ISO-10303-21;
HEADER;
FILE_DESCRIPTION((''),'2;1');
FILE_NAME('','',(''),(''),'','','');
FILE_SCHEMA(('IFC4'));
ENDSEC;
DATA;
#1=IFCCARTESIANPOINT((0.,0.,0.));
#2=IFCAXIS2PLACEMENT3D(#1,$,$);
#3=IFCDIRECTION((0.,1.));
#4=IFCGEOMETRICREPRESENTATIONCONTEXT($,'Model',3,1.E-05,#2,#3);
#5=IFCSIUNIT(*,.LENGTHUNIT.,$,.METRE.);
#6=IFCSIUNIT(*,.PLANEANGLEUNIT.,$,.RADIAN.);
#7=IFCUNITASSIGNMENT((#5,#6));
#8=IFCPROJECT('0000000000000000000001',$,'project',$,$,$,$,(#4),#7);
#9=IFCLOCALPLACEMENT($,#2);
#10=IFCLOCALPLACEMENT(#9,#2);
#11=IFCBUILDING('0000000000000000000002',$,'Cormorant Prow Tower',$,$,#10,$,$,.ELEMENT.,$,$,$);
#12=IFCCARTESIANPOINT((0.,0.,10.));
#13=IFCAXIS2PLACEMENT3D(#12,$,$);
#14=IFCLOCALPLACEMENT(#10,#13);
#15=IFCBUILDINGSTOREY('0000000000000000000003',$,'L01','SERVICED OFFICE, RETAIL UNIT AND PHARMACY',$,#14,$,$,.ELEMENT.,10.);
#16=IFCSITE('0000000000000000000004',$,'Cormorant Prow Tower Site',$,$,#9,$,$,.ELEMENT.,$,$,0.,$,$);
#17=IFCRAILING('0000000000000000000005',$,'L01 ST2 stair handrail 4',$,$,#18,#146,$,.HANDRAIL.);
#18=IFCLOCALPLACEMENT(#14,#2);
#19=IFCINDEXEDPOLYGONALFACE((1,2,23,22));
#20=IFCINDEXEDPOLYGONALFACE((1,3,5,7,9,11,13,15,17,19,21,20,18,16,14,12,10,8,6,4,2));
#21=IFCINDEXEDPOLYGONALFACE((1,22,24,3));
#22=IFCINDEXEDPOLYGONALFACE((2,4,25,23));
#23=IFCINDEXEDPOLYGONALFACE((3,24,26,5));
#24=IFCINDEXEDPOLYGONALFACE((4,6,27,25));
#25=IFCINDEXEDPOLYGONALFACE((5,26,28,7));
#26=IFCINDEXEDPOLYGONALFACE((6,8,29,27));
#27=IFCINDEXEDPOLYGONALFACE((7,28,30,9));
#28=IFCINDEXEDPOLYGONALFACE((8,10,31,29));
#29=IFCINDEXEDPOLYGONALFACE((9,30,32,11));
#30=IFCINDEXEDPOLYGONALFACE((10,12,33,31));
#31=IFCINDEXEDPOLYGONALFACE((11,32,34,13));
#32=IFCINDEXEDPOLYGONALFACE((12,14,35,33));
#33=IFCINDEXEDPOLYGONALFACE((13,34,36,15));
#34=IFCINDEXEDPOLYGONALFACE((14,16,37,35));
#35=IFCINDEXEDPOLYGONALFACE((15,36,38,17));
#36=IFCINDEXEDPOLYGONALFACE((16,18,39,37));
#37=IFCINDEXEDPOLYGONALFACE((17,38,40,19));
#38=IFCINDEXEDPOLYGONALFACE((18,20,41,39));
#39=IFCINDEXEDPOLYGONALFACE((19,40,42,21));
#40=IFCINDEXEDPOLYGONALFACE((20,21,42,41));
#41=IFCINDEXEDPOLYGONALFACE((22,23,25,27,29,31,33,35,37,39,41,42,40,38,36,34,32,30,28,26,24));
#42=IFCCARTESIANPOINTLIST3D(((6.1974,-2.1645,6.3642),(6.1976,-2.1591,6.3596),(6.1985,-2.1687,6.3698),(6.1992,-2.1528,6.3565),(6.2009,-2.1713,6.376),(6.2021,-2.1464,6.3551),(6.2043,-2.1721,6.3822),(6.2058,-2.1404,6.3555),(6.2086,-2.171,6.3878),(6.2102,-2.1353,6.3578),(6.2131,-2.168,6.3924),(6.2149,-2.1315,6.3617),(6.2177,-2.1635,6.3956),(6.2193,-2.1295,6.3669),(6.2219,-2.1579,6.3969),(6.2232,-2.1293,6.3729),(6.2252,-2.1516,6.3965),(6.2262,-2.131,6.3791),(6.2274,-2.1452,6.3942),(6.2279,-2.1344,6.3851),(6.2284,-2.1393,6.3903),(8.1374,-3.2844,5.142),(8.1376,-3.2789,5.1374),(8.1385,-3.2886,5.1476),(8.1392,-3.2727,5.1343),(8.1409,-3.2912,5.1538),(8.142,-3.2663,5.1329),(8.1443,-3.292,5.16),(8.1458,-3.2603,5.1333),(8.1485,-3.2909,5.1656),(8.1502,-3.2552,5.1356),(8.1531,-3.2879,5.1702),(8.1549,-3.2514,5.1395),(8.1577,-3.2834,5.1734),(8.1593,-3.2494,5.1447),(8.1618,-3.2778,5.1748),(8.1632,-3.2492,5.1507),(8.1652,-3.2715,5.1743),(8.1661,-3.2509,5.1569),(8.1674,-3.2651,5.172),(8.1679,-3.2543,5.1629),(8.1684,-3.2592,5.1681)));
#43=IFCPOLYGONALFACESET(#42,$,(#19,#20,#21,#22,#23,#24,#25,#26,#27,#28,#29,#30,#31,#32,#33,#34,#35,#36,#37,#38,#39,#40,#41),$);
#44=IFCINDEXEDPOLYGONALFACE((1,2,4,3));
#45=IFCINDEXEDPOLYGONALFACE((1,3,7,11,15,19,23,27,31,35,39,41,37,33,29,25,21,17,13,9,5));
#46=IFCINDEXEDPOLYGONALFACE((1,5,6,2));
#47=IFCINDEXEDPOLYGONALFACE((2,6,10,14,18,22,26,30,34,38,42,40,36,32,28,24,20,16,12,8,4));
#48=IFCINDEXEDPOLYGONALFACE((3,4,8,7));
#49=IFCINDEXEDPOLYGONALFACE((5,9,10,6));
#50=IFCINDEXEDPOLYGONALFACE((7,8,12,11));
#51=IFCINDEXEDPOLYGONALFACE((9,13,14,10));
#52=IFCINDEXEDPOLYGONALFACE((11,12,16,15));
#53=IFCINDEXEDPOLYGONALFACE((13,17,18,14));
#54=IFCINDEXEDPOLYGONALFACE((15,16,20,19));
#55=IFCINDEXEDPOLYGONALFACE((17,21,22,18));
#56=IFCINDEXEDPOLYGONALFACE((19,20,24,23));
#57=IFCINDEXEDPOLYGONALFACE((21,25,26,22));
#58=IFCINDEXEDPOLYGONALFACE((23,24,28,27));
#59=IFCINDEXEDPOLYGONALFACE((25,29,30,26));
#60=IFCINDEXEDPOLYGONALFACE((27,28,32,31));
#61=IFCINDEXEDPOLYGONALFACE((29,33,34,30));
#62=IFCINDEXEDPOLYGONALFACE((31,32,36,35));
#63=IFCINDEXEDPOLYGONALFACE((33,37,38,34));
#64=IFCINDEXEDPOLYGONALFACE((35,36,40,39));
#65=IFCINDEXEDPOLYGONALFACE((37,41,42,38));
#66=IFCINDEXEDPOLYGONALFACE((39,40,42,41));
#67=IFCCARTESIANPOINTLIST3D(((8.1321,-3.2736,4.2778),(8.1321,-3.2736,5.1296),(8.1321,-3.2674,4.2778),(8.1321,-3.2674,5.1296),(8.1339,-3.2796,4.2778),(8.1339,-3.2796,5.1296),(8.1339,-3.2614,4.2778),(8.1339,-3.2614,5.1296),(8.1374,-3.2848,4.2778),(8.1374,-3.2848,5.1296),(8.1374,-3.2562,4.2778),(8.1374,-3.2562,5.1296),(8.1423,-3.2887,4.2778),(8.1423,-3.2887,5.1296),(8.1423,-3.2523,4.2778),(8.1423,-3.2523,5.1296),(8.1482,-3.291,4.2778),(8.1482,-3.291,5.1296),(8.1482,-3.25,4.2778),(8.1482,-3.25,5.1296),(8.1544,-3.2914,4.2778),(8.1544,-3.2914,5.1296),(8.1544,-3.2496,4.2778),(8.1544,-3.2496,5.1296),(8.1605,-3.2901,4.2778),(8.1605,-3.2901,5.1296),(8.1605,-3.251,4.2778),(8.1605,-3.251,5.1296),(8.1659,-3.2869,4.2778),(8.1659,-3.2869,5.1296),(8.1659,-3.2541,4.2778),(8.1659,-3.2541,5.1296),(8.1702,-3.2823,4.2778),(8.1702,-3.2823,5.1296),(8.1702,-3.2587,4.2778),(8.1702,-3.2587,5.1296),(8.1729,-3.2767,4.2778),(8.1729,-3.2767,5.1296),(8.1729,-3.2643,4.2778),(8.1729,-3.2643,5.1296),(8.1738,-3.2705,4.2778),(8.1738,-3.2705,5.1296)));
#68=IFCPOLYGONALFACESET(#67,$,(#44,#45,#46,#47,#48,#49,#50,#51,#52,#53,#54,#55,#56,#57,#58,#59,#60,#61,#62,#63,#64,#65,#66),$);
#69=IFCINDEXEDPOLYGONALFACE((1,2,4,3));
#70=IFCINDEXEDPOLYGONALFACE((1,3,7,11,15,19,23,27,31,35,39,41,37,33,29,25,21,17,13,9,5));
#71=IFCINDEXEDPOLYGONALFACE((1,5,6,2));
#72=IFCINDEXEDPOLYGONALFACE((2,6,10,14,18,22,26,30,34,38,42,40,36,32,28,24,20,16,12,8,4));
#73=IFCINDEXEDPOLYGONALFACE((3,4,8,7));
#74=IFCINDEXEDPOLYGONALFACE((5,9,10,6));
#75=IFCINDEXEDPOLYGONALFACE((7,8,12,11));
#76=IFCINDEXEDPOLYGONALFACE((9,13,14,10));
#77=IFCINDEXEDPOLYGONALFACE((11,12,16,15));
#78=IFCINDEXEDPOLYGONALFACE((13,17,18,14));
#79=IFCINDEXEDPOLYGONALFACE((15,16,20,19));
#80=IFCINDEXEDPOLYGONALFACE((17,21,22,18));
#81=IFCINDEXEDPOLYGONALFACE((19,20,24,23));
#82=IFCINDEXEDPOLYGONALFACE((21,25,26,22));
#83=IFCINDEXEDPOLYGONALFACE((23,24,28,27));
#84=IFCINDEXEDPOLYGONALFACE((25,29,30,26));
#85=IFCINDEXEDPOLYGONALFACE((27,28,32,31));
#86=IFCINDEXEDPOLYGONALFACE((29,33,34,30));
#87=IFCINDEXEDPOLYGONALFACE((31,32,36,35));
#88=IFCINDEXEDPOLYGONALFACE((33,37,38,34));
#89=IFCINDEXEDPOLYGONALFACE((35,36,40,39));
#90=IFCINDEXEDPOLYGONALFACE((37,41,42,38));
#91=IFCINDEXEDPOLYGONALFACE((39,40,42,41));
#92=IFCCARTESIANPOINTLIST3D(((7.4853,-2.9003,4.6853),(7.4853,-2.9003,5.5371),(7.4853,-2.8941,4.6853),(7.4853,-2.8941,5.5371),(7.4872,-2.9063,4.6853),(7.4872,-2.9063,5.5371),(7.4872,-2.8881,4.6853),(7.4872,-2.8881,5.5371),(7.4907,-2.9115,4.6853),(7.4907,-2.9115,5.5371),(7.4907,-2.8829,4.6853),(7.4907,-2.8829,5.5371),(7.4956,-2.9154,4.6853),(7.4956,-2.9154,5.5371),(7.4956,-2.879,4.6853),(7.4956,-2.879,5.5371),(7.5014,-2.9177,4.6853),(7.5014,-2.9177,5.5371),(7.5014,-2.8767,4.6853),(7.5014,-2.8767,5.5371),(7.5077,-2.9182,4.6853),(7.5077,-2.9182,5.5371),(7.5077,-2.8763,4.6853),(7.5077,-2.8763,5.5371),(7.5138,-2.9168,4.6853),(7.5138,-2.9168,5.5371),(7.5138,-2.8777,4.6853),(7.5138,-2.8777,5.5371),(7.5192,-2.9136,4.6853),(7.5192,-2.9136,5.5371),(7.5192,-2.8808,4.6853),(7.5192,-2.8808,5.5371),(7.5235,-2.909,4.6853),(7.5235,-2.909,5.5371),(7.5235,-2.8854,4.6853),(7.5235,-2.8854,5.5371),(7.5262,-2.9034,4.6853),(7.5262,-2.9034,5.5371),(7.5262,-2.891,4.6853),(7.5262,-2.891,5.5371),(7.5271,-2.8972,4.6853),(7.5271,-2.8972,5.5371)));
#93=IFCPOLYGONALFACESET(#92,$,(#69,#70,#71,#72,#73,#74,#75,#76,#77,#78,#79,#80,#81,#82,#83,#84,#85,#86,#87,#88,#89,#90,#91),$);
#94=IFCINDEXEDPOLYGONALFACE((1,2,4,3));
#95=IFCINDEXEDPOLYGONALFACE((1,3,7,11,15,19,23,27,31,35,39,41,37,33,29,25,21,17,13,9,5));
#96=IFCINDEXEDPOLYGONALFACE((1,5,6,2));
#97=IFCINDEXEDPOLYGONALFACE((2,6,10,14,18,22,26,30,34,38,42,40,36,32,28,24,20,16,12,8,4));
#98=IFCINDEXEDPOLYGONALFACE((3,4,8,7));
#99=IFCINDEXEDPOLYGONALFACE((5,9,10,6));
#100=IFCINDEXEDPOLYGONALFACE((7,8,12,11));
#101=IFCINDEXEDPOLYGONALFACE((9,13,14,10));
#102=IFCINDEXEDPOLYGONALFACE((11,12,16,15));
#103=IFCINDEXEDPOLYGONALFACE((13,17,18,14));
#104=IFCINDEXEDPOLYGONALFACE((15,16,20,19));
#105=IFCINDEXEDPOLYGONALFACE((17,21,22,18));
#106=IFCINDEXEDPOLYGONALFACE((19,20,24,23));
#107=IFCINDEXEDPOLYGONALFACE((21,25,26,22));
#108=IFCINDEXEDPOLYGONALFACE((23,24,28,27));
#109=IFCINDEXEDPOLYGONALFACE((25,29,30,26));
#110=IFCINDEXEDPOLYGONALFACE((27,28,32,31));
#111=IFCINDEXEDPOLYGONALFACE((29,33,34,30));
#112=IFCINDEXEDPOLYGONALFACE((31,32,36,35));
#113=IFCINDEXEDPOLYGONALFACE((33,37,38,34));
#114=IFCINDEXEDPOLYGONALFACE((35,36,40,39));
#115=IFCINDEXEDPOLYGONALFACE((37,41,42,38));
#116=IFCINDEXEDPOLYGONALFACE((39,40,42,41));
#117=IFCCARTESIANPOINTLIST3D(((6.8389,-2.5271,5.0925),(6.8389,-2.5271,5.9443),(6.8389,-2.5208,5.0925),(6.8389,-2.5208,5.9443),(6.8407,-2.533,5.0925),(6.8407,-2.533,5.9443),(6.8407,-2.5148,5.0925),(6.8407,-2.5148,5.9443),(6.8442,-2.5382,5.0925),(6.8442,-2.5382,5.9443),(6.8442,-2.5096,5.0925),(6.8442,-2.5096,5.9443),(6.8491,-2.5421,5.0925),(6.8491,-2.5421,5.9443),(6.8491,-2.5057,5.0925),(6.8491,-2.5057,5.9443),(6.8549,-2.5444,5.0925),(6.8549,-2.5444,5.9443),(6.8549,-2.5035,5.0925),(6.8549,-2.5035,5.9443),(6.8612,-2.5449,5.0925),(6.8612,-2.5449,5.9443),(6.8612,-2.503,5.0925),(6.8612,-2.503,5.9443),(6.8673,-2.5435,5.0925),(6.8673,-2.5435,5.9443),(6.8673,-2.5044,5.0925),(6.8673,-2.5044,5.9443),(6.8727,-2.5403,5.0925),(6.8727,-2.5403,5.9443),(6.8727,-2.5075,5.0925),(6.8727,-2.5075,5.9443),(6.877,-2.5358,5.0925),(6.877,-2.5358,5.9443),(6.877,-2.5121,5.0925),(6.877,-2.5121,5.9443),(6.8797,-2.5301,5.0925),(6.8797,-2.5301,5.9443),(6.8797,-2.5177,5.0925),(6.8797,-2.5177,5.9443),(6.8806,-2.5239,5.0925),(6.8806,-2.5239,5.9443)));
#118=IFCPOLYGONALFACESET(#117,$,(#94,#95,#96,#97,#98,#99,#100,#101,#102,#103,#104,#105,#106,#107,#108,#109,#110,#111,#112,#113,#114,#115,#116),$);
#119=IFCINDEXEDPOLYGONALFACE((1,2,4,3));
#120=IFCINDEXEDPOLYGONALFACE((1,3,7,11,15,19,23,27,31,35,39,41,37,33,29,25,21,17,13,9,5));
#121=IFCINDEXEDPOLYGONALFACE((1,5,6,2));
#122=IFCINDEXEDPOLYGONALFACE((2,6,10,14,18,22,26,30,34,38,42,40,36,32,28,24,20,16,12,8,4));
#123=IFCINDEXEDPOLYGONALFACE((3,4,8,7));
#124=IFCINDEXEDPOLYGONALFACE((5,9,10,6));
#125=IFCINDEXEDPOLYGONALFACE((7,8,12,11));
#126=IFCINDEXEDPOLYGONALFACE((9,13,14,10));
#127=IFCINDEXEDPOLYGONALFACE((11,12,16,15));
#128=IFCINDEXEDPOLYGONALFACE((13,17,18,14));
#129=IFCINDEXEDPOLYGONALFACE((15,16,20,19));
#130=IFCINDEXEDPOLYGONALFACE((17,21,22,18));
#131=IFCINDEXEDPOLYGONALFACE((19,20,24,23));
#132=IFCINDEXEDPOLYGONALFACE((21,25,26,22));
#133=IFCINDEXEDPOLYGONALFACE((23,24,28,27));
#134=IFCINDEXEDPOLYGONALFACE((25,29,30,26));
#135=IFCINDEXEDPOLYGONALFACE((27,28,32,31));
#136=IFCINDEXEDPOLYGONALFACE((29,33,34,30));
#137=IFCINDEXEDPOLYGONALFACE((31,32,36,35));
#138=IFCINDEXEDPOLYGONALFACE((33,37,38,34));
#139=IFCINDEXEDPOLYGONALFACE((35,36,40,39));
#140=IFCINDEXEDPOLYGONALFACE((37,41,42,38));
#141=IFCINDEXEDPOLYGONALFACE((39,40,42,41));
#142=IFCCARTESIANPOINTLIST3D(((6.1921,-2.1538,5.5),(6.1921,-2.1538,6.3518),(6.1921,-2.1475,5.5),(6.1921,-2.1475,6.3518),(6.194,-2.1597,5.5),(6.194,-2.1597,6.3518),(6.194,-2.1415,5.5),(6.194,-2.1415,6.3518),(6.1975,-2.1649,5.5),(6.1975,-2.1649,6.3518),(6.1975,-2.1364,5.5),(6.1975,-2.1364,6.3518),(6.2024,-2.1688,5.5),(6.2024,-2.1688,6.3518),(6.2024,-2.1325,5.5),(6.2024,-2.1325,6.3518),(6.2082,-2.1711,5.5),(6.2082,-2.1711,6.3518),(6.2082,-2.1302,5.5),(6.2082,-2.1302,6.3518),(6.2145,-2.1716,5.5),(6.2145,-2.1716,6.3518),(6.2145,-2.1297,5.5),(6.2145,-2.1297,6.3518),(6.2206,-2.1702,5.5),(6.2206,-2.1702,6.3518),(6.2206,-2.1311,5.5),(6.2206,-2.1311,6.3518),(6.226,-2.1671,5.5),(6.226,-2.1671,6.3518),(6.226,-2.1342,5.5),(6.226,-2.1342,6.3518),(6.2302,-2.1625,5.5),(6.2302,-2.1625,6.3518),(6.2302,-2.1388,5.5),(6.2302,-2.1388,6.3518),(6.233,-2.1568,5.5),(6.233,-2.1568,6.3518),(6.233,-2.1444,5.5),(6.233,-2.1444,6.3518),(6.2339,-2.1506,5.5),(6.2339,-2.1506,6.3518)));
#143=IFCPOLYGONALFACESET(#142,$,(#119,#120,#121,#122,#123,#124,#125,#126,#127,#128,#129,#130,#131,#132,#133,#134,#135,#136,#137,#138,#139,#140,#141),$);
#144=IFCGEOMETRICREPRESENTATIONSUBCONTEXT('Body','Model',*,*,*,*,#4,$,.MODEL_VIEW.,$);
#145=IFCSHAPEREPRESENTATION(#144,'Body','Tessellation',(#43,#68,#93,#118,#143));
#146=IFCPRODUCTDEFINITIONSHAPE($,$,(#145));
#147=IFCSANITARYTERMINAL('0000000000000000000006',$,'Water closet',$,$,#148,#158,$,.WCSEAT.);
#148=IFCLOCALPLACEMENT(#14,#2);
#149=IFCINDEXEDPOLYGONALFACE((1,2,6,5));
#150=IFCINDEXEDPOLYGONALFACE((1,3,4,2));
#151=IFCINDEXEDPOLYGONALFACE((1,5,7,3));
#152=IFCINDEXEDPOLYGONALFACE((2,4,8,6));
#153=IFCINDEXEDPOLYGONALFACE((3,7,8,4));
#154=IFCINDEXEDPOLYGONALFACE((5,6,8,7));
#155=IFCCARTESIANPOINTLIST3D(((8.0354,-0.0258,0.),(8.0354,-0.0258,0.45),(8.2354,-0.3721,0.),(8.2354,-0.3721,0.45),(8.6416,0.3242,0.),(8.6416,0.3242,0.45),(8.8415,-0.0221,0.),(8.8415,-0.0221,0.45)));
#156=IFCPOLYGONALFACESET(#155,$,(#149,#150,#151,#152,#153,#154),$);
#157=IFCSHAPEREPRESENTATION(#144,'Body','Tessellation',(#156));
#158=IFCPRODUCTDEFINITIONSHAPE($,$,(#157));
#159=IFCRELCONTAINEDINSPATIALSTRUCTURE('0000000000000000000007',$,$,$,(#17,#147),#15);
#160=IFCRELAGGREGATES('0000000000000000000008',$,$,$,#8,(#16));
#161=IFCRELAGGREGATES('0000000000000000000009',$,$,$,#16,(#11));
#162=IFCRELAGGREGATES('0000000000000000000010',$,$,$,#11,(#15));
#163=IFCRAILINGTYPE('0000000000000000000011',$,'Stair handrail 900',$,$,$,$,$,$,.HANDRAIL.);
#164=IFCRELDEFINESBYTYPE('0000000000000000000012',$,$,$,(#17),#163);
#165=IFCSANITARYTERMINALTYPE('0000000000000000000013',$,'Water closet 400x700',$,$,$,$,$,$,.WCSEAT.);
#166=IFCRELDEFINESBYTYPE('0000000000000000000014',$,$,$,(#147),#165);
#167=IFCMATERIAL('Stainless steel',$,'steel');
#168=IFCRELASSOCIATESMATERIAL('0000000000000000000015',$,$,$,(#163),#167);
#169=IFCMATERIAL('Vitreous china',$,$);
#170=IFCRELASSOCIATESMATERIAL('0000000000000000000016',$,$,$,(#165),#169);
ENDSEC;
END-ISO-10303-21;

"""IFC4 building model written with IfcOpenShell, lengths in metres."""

from ifc_helpers import new_model, si_unit, direction, frame, origin, origin_2d, place, context, subcontext, project, spatial, rectangle, circle, extrude, material, type_object, element, save


model = new_model("IFC4")

# Units and contexts
model_context = context("Model", 3, precision=1e-05, world=origin(), true_north=direction((0.0, 1.0)))
body_context = subcontext(model_context, "Body", "Model", "MODEL_VIEW")
ifc_project = project(units=[si_unit("LENGTHUNIT", "METRE"), si_unit("PLANEANGLEUNIT", "RADIAN")], contexts=[model_context])

# Site, building, storey
site_placement = place(None, origin())
site = spatial("IfcSite", under=ifc_project, at=site_placement, Name="Cormorant Prow Tower Site", CompositionType="ELEMENT", RefElevation=0.0)
building_placement = place(site_placement, origin())
building = spatial("IfcBuilding", under=site, at=building_placement, Name="Cormorant Prow Tower", CompositionType="ELEMENT")
storey_placement = place(building_placement, frame((0.0, 0.0, 10.0)))
storey = spatial("IfcBuildingStorey", under=building, at=storey_placement, Name="L01", Description="SERVICED OFFICE, RETAIL UNIT AND PHARMACY", CompositionType="ELEMENT", Elevation=10.0)

# Railing
ifc_material_1 = material(Name="Stainless steel", Category="steel")
railing_type_1 = type_object("IfcRailingType", Name="Stair handrail 900", PredefinedType="HANDRAIL", material=ifc_material_1)
railing_1_placement = place(storey_placement, frame((8.1528, -3.2705, 4.2778)))
element("IfcRailing", 1, at=railing_1_placement, inside=storey, type_object=railing_type_1, Name="L01 ST2 stair handrail 4", PredefinedType="HANDRAIL", context=body_context, shape_type="SweptSolid", body=[
    extrude(circle(Radius=0.0239, at=origin_2d()), frame((0.0, 0.0, 0.876), z_axis=(-0.760254, 0.438873, 0.478962), x_axis=(-0.499949, -0.866055, 0.0)), (0.0, 0.0, 1.0), 2.5518),
    extrude(circle(Radius=0.021, at=origin_2d()), origin(), (0.0, 0.0, 1.0), 0.8518),
    extrude(circle(Radius=0.021, at=origin_2d()), frame((-0.6467, 0.3733, 0.4075)), (0.0, 0.0, 1.0), 0.8518),
    extrude(circle(Radius=0.021, at=origin_2d()), frame((-1.2932, 0.7466, 0.8147)), (0.0, 0.0, 1.0), 0.8518),
    extrude(circle(Radius=0.021, at=origin_2d()), frame((-1.9399, 1.1199, 1.2222)), (0.0, 0.0, 1.0), 0.8518),
])

# Sanitary terminal
ifc_material_2 = material(Name="Vitreous china")
sanitary_terminal_type = type_object("IfcSanitaryTerminalType", Name="Water closet 400x700", PredefinedType="WCSEAT", material=ifc_material_2)
sanitary_terminal_placement = place(storey_placement, frame((8.4385, -0.0239, 0.0), z_axis=(0.0, 0.0, 1.0), x_axis=(0.5, -0.866025, 0.0)))
element("IfcSanitaryTerminal", 2, at=sanitary_terminal_placement, inside=storey, type_object=sanitary_terminal_type, Name="Water closet", PredefinedType="WCSEAT", context=body_context, shape_type="SweptSolid", body=[
    extrude(rectangle(XDim=0.3999, YDim=0.7, at=origin_2d()), origin(), (0.0, 0.0, 1.0), 0.45),
])

save(model, "model.ifc")
